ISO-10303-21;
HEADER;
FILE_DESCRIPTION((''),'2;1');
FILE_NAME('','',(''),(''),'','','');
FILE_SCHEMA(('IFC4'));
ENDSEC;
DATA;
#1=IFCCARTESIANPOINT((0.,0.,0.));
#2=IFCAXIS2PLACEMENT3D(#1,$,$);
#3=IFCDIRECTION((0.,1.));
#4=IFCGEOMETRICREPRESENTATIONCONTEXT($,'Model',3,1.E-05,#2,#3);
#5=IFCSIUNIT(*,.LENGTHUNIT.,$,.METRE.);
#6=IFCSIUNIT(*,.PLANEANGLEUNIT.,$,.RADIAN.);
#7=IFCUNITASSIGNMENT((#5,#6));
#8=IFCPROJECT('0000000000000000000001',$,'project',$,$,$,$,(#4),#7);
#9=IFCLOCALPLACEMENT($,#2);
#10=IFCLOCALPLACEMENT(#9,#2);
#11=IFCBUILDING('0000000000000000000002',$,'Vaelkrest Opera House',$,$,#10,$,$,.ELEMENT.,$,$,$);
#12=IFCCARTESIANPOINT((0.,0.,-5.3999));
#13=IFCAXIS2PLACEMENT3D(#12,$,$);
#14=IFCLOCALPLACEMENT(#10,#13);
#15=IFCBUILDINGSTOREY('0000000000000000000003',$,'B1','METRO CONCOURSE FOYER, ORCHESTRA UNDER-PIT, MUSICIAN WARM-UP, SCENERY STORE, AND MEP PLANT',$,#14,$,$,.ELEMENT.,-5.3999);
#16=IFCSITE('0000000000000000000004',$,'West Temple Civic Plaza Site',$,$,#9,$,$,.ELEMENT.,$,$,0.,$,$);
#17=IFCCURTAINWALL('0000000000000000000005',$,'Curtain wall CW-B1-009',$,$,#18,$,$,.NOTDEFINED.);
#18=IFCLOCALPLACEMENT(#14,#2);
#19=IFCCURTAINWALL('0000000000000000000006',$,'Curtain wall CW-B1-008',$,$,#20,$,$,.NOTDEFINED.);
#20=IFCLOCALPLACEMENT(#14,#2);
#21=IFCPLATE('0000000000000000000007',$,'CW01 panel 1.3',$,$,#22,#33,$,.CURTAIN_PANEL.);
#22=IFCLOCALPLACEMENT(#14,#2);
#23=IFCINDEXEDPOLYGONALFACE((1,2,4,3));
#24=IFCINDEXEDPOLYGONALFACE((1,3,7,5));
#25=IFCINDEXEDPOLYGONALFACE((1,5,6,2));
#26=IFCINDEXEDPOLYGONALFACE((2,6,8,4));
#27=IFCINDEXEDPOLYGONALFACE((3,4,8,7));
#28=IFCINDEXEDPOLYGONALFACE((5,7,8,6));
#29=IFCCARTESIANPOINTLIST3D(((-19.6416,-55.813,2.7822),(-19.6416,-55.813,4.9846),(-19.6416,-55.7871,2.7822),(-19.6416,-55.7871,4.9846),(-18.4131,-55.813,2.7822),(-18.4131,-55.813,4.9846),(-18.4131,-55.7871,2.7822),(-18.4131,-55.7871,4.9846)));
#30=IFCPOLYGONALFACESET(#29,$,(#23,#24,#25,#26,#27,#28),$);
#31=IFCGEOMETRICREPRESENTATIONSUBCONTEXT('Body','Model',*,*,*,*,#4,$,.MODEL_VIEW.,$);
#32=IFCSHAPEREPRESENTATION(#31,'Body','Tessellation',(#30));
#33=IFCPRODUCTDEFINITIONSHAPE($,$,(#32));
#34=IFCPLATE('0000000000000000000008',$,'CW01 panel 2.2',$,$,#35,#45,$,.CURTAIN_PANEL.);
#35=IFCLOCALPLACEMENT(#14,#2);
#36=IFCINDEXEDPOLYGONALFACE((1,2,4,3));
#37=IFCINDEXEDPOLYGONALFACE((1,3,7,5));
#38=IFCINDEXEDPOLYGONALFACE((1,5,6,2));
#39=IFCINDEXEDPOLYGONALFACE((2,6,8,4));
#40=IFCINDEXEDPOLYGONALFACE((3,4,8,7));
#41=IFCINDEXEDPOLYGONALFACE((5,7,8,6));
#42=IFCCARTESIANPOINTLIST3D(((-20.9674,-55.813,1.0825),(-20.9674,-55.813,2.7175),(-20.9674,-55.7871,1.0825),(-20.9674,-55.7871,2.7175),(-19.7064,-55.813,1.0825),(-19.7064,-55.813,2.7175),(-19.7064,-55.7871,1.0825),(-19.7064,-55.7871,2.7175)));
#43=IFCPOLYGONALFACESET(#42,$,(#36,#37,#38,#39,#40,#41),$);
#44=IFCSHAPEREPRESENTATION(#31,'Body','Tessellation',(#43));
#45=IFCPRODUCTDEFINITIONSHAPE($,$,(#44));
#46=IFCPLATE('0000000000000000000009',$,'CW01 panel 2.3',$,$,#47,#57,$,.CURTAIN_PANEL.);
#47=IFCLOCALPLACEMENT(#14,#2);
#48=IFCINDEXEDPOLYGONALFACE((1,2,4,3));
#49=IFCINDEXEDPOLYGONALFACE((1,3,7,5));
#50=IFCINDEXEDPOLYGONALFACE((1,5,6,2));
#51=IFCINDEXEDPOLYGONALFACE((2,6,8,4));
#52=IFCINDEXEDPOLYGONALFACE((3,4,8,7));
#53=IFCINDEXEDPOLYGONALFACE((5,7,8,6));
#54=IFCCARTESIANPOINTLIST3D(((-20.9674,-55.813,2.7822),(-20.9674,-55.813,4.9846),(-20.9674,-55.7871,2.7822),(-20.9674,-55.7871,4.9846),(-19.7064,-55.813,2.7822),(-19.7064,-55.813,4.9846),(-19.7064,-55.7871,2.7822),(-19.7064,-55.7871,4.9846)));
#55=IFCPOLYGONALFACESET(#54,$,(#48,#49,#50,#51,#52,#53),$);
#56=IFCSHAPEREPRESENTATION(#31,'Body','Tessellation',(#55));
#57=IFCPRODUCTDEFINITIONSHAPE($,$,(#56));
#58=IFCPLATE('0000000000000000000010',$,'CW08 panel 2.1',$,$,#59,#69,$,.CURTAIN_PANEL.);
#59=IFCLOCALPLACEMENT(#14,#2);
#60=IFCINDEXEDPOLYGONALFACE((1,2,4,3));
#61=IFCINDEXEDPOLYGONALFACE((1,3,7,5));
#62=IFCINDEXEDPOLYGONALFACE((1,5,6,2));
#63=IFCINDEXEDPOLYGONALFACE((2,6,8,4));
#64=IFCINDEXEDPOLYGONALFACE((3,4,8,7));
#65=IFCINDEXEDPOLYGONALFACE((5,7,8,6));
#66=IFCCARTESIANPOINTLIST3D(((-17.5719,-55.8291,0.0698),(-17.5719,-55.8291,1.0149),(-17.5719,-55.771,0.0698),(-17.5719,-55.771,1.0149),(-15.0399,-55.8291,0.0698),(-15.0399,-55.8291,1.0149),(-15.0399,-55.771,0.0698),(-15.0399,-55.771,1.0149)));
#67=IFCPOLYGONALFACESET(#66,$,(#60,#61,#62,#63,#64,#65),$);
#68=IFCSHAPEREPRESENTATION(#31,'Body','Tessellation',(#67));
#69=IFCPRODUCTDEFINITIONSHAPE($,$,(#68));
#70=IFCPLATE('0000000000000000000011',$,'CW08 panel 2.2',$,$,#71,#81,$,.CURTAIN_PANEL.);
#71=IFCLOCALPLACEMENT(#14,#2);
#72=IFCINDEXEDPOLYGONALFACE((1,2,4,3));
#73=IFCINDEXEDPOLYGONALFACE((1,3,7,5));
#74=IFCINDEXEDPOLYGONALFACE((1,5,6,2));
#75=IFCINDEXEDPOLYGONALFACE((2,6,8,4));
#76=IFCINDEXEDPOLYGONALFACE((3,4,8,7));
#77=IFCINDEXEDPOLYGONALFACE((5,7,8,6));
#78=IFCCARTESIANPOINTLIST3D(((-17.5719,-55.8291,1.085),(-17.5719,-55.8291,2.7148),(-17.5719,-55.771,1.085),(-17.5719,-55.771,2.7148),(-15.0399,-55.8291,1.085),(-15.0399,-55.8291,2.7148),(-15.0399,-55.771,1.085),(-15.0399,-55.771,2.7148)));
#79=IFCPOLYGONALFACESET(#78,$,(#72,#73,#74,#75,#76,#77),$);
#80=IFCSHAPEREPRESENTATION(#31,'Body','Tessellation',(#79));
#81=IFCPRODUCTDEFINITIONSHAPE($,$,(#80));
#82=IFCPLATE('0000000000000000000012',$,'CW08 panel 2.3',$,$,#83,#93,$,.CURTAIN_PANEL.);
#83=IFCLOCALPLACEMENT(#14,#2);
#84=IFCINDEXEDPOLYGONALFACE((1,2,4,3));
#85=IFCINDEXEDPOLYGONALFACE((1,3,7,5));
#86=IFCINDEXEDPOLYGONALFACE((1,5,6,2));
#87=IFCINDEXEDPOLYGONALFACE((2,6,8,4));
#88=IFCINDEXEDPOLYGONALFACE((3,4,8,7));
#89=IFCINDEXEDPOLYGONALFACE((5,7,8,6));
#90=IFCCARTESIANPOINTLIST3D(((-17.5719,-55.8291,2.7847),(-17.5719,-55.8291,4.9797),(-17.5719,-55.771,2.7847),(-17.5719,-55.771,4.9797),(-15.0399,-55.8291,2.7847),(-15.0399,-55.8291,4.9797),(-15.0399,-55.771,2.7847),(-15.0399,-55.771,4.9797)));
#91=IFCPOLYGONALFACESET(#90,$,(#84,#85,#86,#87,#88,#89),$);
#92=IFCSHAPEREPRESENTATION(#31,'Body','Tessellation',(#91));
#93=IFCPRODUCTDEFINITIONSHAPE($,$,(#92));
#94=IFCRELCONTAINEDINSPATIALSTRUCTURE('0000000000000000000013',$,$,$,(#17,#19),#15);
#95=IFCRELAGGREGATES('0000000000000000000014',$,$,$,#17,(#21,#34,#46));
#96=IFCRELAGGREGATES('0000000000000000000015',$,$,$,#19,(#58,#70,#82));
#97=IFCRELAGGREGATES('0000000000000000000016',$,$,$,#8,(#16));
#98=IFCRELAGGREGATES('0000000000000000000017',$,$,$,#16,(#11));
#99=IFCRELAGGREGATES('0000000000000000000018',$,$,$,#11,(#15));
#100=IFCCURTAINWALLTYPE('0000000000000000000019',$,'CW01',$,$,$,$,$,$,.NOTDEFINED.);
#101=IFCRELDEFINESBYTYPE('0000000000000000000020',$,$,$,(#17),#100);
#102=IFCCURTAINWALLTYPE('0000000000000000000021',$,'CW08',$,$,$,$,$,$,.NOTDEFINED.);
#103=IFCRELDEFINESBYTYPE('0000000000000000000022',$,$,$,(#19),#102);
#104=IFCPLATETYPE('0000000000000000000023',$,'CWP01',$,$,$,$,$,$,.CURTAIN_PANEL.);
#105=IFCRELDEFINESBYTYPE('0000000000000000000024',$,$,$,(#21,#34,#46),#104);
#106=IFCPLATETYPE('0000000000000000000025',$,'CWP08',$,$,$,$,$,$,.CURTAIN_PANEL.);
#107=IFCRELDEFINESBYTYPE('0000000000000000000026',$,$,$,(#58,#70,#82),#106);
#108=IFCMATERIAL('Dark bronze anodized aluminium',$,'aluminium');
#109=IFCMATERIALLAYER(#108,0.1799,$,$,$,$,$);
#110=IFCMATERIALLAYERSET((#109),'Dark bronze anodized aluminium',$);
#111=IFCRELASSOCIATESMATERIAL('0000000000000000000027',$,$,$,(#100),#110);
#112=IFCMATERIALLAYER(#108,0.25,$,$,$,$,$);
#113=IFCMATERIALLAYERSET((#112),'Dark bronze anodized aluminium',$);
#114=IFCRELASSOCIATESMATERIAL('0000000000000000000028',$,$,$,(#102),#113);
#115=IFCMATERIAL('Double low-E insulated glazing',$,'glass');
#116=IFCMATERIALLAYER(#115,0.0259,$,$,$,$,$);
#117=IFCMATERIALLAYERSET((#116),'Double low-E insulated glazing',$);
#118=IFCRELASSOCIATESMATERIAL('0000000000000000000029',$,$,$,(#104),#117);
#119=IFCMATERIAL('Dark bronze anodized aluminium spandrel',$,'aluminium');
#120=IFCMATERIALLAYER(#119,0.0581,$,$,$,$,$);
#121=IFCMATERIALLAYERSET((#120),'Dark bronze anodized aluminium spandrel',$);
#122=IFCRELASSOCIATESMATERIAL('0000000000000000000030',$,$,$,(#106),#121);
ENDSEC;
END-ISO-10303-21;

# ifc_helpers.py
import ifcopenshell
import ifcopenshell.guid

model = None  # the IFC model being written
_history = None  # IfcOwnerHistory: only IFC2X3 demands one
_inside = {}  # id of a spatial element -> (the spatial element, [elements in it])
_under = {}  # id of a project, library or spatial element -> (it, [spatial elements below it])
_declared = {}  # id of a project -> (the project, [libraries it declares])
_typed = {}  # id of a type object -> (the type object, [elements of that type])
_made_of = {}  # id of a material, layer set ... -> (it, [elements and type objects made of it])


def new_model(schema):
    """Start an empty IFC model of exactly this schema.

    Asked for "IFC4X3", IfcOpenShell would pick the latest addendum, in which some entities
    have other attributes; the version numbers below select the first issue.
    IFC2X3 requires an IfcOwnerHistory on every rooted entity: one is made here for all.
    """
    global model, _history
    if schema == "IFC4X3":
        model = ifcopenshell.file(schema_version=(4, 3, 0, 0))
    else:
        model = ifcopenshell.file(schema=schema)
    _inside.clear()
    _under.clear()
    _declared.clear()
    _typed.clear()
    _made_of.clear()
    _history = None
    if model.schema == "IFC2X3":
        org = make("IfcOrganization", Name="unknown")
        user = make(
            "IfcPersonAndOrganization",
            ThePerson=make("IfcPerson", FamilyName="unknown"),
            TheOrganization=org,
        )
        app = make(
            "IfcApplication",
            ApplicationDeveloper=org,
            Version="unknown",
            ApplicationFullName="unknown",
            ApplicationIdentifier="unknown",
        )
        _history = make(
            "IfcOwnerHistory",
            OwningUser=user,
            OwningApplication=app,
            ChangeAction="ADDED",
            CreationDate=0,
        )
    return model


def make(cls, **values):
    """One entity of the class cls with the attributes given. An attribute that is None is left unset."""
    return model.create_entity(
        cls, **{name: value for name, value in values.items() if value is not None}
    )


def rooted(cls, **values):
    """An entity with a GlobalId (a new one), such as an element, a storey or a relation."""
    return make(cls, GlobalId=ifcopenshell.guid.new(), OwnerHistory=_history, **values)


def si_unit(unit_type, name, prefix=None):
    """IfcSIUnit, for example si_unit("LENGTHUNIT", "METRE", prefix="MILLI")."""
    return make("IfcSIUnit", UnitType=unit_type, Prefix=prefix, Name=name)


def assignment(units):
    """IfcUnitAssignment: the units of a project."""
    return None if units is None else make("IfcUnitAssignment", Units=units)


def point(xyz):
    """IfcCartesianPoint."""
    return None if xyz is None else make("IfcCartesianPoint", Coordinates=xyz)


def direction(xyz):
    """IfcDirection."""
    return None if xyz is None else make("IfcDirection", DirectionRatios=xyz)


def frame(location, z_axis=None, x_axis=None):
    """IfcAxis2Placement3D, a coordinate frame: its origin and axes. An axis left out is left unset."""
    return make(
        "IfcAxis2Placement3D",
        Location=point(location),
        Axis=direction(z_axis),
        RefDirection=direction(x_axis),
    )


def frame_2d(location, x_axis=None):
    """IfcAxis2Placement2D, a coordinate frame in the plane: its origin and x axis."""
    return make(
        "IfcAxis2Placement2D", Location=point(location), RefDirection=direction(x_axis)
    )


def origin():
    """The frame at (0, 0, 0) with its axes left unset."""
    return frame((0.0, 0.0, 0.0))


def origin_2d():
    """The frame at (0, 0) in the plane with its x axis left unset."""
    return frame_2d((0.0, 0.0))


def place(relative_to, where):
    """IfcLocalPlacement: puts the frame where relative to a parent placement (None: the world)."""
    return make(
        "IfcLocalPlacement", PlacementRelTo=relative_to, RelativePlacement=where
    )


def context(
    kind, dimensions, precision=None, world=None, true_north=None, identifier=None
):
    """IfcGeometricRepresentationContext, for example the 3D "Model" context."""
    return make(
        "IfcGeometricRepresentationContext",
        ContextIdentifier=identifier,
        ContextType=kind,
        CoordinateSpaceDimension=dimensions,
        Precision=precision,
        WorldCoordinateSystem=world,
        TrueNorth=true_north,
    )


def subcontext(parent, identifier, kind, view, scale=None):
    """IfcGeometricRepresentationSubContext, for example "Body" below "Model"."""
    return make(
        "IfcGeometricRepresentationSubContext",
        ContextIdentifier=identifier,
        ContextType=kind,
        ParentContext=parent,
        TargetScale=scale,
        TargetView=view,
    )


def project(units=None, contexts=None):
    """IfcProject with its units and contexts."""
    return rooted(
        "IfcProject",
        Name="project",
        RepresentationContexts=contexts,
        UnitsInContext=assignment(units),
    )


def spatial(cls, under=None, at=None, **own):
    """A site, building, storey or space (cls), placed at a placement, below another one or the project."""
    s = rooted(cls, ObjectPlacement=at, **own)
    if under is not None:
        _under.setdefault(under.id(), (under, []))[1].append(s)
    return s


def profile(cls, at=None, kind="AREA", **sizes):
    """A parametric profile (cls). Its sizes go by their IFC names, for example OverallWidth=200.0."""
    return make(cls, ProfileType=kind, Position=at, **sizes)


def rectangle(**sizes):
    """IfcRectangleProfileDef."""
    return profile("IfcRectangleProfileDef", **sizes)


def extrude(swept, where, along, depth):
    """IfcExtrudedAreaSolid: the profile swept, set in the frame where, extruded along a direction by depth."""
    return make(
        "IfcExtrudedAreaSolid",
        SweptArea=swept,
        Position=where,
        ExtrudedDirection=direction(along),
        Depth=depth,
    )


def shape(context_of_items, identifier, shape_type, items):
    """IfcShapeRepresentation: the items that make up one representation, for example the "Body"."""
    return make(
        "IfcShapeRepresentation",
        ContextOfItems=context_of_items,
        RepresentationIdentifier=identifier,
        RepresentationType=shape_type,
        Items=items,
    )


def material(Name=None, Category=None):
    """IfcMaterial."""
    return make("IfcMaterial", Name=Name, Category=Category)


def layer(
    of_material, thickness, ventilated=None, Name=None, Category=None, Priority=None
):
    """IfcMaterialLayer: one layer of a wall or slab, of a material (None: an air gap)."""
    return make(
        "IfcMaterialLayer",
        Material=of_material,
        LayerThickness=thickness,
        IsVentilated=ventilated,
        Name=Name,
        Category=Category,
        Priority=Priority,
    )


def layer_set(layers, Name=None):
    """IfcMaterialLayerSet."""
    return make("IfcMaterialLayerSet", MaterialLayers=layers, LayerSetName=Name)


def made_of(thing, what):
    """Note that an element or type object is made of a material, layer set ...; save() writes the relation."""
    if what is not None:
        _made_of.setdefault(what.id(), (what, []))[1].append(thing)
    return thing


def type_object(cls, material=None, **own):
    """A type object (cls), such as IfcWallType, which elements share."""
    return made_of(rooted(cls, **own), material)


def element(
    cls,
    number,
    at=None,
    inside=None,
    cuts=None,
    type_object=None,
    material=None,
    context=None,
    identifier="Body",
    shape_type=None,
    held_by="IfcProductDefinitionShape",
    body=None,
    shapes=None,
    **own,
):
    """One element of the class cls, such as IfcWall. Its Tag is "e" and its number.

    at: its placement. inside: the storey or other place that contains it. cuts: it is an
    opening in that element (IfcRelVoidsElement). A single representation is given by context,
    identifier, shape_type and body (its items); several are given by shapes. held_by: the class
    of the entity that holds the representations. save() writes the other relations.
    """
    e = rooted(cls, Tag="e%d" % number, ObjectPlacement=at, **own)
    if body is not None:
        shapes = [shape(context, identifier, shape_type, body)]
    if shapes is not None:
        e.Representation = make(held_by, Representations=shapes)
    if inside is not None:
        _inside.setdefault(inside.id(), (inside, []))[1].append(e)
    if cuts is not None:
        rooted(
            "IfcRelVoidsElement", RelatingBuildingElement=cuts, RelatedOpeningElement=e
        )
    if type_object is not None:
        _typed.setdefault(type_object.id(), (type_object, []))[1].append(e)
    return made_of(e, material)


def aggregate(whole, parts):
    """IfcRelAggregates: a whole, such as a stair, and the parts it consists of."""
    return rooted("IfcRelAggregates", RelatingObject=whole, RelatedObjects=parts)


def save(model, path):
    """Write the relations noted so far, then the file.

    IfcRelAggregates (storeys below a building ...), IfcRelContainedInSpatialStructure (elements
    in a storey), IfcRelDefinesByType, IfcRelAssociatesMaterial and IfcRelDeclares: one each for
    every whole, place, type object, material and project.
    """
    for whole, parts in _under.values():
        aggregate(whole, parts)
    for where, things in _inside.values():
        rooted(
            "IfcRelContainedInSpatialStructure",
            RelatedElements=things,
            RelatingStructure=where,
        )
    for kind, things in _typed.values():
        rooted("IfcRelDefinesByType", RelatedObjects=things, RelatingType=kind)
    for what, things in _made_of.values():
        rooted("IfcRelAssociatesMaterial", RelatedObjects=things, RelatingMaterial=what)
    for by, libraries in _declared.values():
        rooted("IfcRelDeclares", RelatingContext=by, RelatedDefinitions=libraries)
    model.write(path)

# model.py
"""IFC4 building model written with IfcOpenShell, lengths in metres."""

from ifc_helpers import new_model, si_unit, direction, frame, origin, origin_2d, place, context, subcontext, project, spatial, rectangle, extrude, material, layer, layer_set, type_object, element, aggregate, save


model = new_model("IFC4")

# Units and contexts
model_context = context("Model", 3, precision=1e-05, world=origin(), true_north=direction((0.0, 1.0)))
body_context = subcontext(model_context, "Body", "Model", "MODEL_VIEW")
ifc_project = project(units=[si_unit("LENGTHUNIT", "METRE"), si_unit("PLANEANGLEUNIT", "RADIAN")], contexts=[model_context])

# Site, building, storey
site_placement = place(None, origin())
site = spatial("IfcSite", under=ifc_project, at=site_placement, Name="West Temple Civic Plaza Site", CompositionType="ELEMENT", RefElevation=0.0)
building_placement = place(site_placement, origin())
building = spatial("IfcBuilding", under=site, at=building_placement, Name="Vaelkrest Opera House", CompositionType="ELEMENT")
storey_placement = place(building_placement, frame((0.0, 0.0, -5.3999)))
storey = spatial("IfcBuildingStorey", under=building, at=storey_placement, Name="B1", Description="METRO CONCOURSE FOYER, ORCHESTRA UNDER-PIT, MUSICIAN WARM-UP, SCENERY STORE, AND MEP PLANT", CompositionType="ELEMENT", Elevation=-5.3999)

# Curtain wall
ifc_material_1 = material(Name="Dark bronze anodized aluminium", Category="aluminium")
ifc_layer_1 = layer(ifc_material_1, 0.1799)
ifc_layer_set_1 = layer_set([ifc_layer_1], Name="Dark bronze anodized aluminium")
curtain_wall_type_1 = type_object("IfcCurtainWallType", Name="CW01", PredefinedType="NOTDEFINED", material=ifc_layer_set_1)
curtain_wall_1_placement = place(storey_placement, origin())
curtain_wall_1 = element("IfcCurtainWall", 1, at=curtain_wall_1_placement, inside=storey, type_object=curtain_wall_type_1, Name="Curtain wall CW-B1-009", PredefinedType="NOTDEFINED")

# Curtain wall
ifc_layer_2 = layer(ifc_material_1, 0.25)
ifc_layer_set_2 = layer_set([ifc_layer_2], Name="Dark bronze anodized aluminium")
curtain_wall_type_2 = type_object("IfcCurtainWallType", Name="CW08", PredefinedType="NOTDEFINED", material=ifc_layer_set_2)
curtain_wall_2_placement = place(storey_placement, origin())
curtain_wall_2 = element("IfcCurtainWall", 2, at=curtain_wall_2_placement, inside=storey, type_object=curtain_wall_type_2, Name="Curtain wall CW-B1-008", PredefinedType="NOTDEFINED")

# Plates
ifc_material_2 = material(Name="Double low-E insulated glazing", Category="glass")
ifc_layer_3 = layer(ifc_material_2, 0.0259)
ifc_layer_set_3 = layer_set([ifc_layer_3], Name="Double low-E insulated glazing")
plate_type_1 = type_object("IfcPlateType", Name="CWP01", PredefinedType="CURTAIN_PANEL", material=ifc_layer_set_3)
plate_1_placement = place(storey_placement, frame((-19.0273, -55.8, 2.7822), z_axis=(0.0, 0.0, 1.0), x_axis=(-1.0, 0.0, 0.0)))
plate_1 = element("IfcPlate", 3, at=plate_1_placement, type_object=plate_type_1, Name="CW01 panel 1.3", PredefinedType="CURTAIN_PANEL", context=body_context, shape_type="SweptSolid", body=[
    extrude(rectangle(XDim=1.2285, YDim=0.0259, at=origin_2d()), origin(), (0.0, 0.0, 1.0), 2.2024),
])
plate_2_placement = place(storey_placement, frame((-20.3369, -55.8, 1.0825), z_axis=(0.0, 0.0, 1.0), x_axis=(-1.0, 0.0, 0.0)))
plate_2 = element("IfcPlate", 4, at=plate_2_placement, type_object=plate_type_1, Name="CW01 panel 2.2", PredefinedType="CURTAIN_PANEL", context=body_context, shape_type="SweptSolid", body=[
    extrude(rectangle(XDim=1.261, YDim=0.0259, at=origin_2d()), origin(), (0.0, 0.0, 1.0), 1.635),
])
plate_3_placement = place(storey_placement, frame((-20.3369, -55.8, 2.7822), z_axis=(0.0, 0.0, 1.0), x_axis=(-1.0, 0.0, 0.0)))
plate_3 = element("IfcPlate", 5, at=plate_3_placement, type_object=plate_type_1, Name="CW01 panel 2.3", PredefinedType="CURTAIN_PANEL", context=body_context, shape_type="SweptSolid", body=[
    extrude(rectangle(XDim=1.261, YDim=0.0259, at=origin_2d()), origin(), (0.0, 0.0, 1.0), 2.2024),
])
aggregate(curtain_wall_1, [plate_1, plate_2, plate_3])
ifc_material_3 = material(Name="Dark bronze anodized aluminium spandrel", Category="aluminium")
ifc_layer_4 = layer(ifc_material_3, 0.0581)
ifc_layer_set_4 = layer_set([ifc_layer_4], Name="Dark bronze anodized aluminium spandrel")
plate_type_2 = type_object("IfcPlateType", Name="CWP08", PredefinedType="CURTAIN_PANEL", material=ifc_layer_set_4)
plate_4_placement = place(storey_placement, frame((-16.3059, -55.8, 0.0698), z_axis=(0.0, 0.0, 1.0), x_axis=(-1.0, 0.0, 0.0)))
plate_4 = element("IfcPlate", 6, at=plate_4_placement, type_object=plate_type_2, Name="CW08 panel 2.1", PredefinedType="CURTAIN_PANEL", context=body_context, shape_type="SweptSolid", body=[
    extrude(rectangle(XDim=2.532, YDim=0.0581, at=origin_2d()), origin(), (0.0, 0.0, 1.0), 0.9451),
])
plate_5_placement = place(storey_placement, frame((-16.3059, -55.8, 1.085), z_axis=(0.0, 0.0, 1.0), x_axis=(-1.0, 0.0, 0.0)))
plate_5 = element("IfcPlate", 7, at=plate_5_placement, type_object=plate_type_2, Name="CW08 panel 2.2", PredefinedType="CURTAIN_PANEL", context=body_context, shape_type="SweptSolid", body=[
    extrude(rectangle(XDim=2.532, YDim=0.0581, at=origin_2d()), origin(), (0.0, 0.0, 1.0), 1.6299),
])
plate_6_placement = place(storey_placement, frame((-16.3059, -55.8, 2.7847), z_axis=(0.0, 0.0, 1.0), x_axis=(-1.0, 0.0, 0.0)))
plate_6 = element("IfcPlate", 8, at=plate_6_placement, type_object=plate_type_2, Name="CW08 panel 2.3", PredefinedType="CURTAIN_PANEL", context=body_context, shape_type="SweptSolid", body=[
    extrude(rectangle(XDim=2.532, YDim=0.0581, at=origin_2d()), origin(), (0.0, 0.0, 1.0), 2.1951),
])
aggregate(curtain_wall_2, [plate_4, plate_5, plate_6])

save(model, "model.ifc")
